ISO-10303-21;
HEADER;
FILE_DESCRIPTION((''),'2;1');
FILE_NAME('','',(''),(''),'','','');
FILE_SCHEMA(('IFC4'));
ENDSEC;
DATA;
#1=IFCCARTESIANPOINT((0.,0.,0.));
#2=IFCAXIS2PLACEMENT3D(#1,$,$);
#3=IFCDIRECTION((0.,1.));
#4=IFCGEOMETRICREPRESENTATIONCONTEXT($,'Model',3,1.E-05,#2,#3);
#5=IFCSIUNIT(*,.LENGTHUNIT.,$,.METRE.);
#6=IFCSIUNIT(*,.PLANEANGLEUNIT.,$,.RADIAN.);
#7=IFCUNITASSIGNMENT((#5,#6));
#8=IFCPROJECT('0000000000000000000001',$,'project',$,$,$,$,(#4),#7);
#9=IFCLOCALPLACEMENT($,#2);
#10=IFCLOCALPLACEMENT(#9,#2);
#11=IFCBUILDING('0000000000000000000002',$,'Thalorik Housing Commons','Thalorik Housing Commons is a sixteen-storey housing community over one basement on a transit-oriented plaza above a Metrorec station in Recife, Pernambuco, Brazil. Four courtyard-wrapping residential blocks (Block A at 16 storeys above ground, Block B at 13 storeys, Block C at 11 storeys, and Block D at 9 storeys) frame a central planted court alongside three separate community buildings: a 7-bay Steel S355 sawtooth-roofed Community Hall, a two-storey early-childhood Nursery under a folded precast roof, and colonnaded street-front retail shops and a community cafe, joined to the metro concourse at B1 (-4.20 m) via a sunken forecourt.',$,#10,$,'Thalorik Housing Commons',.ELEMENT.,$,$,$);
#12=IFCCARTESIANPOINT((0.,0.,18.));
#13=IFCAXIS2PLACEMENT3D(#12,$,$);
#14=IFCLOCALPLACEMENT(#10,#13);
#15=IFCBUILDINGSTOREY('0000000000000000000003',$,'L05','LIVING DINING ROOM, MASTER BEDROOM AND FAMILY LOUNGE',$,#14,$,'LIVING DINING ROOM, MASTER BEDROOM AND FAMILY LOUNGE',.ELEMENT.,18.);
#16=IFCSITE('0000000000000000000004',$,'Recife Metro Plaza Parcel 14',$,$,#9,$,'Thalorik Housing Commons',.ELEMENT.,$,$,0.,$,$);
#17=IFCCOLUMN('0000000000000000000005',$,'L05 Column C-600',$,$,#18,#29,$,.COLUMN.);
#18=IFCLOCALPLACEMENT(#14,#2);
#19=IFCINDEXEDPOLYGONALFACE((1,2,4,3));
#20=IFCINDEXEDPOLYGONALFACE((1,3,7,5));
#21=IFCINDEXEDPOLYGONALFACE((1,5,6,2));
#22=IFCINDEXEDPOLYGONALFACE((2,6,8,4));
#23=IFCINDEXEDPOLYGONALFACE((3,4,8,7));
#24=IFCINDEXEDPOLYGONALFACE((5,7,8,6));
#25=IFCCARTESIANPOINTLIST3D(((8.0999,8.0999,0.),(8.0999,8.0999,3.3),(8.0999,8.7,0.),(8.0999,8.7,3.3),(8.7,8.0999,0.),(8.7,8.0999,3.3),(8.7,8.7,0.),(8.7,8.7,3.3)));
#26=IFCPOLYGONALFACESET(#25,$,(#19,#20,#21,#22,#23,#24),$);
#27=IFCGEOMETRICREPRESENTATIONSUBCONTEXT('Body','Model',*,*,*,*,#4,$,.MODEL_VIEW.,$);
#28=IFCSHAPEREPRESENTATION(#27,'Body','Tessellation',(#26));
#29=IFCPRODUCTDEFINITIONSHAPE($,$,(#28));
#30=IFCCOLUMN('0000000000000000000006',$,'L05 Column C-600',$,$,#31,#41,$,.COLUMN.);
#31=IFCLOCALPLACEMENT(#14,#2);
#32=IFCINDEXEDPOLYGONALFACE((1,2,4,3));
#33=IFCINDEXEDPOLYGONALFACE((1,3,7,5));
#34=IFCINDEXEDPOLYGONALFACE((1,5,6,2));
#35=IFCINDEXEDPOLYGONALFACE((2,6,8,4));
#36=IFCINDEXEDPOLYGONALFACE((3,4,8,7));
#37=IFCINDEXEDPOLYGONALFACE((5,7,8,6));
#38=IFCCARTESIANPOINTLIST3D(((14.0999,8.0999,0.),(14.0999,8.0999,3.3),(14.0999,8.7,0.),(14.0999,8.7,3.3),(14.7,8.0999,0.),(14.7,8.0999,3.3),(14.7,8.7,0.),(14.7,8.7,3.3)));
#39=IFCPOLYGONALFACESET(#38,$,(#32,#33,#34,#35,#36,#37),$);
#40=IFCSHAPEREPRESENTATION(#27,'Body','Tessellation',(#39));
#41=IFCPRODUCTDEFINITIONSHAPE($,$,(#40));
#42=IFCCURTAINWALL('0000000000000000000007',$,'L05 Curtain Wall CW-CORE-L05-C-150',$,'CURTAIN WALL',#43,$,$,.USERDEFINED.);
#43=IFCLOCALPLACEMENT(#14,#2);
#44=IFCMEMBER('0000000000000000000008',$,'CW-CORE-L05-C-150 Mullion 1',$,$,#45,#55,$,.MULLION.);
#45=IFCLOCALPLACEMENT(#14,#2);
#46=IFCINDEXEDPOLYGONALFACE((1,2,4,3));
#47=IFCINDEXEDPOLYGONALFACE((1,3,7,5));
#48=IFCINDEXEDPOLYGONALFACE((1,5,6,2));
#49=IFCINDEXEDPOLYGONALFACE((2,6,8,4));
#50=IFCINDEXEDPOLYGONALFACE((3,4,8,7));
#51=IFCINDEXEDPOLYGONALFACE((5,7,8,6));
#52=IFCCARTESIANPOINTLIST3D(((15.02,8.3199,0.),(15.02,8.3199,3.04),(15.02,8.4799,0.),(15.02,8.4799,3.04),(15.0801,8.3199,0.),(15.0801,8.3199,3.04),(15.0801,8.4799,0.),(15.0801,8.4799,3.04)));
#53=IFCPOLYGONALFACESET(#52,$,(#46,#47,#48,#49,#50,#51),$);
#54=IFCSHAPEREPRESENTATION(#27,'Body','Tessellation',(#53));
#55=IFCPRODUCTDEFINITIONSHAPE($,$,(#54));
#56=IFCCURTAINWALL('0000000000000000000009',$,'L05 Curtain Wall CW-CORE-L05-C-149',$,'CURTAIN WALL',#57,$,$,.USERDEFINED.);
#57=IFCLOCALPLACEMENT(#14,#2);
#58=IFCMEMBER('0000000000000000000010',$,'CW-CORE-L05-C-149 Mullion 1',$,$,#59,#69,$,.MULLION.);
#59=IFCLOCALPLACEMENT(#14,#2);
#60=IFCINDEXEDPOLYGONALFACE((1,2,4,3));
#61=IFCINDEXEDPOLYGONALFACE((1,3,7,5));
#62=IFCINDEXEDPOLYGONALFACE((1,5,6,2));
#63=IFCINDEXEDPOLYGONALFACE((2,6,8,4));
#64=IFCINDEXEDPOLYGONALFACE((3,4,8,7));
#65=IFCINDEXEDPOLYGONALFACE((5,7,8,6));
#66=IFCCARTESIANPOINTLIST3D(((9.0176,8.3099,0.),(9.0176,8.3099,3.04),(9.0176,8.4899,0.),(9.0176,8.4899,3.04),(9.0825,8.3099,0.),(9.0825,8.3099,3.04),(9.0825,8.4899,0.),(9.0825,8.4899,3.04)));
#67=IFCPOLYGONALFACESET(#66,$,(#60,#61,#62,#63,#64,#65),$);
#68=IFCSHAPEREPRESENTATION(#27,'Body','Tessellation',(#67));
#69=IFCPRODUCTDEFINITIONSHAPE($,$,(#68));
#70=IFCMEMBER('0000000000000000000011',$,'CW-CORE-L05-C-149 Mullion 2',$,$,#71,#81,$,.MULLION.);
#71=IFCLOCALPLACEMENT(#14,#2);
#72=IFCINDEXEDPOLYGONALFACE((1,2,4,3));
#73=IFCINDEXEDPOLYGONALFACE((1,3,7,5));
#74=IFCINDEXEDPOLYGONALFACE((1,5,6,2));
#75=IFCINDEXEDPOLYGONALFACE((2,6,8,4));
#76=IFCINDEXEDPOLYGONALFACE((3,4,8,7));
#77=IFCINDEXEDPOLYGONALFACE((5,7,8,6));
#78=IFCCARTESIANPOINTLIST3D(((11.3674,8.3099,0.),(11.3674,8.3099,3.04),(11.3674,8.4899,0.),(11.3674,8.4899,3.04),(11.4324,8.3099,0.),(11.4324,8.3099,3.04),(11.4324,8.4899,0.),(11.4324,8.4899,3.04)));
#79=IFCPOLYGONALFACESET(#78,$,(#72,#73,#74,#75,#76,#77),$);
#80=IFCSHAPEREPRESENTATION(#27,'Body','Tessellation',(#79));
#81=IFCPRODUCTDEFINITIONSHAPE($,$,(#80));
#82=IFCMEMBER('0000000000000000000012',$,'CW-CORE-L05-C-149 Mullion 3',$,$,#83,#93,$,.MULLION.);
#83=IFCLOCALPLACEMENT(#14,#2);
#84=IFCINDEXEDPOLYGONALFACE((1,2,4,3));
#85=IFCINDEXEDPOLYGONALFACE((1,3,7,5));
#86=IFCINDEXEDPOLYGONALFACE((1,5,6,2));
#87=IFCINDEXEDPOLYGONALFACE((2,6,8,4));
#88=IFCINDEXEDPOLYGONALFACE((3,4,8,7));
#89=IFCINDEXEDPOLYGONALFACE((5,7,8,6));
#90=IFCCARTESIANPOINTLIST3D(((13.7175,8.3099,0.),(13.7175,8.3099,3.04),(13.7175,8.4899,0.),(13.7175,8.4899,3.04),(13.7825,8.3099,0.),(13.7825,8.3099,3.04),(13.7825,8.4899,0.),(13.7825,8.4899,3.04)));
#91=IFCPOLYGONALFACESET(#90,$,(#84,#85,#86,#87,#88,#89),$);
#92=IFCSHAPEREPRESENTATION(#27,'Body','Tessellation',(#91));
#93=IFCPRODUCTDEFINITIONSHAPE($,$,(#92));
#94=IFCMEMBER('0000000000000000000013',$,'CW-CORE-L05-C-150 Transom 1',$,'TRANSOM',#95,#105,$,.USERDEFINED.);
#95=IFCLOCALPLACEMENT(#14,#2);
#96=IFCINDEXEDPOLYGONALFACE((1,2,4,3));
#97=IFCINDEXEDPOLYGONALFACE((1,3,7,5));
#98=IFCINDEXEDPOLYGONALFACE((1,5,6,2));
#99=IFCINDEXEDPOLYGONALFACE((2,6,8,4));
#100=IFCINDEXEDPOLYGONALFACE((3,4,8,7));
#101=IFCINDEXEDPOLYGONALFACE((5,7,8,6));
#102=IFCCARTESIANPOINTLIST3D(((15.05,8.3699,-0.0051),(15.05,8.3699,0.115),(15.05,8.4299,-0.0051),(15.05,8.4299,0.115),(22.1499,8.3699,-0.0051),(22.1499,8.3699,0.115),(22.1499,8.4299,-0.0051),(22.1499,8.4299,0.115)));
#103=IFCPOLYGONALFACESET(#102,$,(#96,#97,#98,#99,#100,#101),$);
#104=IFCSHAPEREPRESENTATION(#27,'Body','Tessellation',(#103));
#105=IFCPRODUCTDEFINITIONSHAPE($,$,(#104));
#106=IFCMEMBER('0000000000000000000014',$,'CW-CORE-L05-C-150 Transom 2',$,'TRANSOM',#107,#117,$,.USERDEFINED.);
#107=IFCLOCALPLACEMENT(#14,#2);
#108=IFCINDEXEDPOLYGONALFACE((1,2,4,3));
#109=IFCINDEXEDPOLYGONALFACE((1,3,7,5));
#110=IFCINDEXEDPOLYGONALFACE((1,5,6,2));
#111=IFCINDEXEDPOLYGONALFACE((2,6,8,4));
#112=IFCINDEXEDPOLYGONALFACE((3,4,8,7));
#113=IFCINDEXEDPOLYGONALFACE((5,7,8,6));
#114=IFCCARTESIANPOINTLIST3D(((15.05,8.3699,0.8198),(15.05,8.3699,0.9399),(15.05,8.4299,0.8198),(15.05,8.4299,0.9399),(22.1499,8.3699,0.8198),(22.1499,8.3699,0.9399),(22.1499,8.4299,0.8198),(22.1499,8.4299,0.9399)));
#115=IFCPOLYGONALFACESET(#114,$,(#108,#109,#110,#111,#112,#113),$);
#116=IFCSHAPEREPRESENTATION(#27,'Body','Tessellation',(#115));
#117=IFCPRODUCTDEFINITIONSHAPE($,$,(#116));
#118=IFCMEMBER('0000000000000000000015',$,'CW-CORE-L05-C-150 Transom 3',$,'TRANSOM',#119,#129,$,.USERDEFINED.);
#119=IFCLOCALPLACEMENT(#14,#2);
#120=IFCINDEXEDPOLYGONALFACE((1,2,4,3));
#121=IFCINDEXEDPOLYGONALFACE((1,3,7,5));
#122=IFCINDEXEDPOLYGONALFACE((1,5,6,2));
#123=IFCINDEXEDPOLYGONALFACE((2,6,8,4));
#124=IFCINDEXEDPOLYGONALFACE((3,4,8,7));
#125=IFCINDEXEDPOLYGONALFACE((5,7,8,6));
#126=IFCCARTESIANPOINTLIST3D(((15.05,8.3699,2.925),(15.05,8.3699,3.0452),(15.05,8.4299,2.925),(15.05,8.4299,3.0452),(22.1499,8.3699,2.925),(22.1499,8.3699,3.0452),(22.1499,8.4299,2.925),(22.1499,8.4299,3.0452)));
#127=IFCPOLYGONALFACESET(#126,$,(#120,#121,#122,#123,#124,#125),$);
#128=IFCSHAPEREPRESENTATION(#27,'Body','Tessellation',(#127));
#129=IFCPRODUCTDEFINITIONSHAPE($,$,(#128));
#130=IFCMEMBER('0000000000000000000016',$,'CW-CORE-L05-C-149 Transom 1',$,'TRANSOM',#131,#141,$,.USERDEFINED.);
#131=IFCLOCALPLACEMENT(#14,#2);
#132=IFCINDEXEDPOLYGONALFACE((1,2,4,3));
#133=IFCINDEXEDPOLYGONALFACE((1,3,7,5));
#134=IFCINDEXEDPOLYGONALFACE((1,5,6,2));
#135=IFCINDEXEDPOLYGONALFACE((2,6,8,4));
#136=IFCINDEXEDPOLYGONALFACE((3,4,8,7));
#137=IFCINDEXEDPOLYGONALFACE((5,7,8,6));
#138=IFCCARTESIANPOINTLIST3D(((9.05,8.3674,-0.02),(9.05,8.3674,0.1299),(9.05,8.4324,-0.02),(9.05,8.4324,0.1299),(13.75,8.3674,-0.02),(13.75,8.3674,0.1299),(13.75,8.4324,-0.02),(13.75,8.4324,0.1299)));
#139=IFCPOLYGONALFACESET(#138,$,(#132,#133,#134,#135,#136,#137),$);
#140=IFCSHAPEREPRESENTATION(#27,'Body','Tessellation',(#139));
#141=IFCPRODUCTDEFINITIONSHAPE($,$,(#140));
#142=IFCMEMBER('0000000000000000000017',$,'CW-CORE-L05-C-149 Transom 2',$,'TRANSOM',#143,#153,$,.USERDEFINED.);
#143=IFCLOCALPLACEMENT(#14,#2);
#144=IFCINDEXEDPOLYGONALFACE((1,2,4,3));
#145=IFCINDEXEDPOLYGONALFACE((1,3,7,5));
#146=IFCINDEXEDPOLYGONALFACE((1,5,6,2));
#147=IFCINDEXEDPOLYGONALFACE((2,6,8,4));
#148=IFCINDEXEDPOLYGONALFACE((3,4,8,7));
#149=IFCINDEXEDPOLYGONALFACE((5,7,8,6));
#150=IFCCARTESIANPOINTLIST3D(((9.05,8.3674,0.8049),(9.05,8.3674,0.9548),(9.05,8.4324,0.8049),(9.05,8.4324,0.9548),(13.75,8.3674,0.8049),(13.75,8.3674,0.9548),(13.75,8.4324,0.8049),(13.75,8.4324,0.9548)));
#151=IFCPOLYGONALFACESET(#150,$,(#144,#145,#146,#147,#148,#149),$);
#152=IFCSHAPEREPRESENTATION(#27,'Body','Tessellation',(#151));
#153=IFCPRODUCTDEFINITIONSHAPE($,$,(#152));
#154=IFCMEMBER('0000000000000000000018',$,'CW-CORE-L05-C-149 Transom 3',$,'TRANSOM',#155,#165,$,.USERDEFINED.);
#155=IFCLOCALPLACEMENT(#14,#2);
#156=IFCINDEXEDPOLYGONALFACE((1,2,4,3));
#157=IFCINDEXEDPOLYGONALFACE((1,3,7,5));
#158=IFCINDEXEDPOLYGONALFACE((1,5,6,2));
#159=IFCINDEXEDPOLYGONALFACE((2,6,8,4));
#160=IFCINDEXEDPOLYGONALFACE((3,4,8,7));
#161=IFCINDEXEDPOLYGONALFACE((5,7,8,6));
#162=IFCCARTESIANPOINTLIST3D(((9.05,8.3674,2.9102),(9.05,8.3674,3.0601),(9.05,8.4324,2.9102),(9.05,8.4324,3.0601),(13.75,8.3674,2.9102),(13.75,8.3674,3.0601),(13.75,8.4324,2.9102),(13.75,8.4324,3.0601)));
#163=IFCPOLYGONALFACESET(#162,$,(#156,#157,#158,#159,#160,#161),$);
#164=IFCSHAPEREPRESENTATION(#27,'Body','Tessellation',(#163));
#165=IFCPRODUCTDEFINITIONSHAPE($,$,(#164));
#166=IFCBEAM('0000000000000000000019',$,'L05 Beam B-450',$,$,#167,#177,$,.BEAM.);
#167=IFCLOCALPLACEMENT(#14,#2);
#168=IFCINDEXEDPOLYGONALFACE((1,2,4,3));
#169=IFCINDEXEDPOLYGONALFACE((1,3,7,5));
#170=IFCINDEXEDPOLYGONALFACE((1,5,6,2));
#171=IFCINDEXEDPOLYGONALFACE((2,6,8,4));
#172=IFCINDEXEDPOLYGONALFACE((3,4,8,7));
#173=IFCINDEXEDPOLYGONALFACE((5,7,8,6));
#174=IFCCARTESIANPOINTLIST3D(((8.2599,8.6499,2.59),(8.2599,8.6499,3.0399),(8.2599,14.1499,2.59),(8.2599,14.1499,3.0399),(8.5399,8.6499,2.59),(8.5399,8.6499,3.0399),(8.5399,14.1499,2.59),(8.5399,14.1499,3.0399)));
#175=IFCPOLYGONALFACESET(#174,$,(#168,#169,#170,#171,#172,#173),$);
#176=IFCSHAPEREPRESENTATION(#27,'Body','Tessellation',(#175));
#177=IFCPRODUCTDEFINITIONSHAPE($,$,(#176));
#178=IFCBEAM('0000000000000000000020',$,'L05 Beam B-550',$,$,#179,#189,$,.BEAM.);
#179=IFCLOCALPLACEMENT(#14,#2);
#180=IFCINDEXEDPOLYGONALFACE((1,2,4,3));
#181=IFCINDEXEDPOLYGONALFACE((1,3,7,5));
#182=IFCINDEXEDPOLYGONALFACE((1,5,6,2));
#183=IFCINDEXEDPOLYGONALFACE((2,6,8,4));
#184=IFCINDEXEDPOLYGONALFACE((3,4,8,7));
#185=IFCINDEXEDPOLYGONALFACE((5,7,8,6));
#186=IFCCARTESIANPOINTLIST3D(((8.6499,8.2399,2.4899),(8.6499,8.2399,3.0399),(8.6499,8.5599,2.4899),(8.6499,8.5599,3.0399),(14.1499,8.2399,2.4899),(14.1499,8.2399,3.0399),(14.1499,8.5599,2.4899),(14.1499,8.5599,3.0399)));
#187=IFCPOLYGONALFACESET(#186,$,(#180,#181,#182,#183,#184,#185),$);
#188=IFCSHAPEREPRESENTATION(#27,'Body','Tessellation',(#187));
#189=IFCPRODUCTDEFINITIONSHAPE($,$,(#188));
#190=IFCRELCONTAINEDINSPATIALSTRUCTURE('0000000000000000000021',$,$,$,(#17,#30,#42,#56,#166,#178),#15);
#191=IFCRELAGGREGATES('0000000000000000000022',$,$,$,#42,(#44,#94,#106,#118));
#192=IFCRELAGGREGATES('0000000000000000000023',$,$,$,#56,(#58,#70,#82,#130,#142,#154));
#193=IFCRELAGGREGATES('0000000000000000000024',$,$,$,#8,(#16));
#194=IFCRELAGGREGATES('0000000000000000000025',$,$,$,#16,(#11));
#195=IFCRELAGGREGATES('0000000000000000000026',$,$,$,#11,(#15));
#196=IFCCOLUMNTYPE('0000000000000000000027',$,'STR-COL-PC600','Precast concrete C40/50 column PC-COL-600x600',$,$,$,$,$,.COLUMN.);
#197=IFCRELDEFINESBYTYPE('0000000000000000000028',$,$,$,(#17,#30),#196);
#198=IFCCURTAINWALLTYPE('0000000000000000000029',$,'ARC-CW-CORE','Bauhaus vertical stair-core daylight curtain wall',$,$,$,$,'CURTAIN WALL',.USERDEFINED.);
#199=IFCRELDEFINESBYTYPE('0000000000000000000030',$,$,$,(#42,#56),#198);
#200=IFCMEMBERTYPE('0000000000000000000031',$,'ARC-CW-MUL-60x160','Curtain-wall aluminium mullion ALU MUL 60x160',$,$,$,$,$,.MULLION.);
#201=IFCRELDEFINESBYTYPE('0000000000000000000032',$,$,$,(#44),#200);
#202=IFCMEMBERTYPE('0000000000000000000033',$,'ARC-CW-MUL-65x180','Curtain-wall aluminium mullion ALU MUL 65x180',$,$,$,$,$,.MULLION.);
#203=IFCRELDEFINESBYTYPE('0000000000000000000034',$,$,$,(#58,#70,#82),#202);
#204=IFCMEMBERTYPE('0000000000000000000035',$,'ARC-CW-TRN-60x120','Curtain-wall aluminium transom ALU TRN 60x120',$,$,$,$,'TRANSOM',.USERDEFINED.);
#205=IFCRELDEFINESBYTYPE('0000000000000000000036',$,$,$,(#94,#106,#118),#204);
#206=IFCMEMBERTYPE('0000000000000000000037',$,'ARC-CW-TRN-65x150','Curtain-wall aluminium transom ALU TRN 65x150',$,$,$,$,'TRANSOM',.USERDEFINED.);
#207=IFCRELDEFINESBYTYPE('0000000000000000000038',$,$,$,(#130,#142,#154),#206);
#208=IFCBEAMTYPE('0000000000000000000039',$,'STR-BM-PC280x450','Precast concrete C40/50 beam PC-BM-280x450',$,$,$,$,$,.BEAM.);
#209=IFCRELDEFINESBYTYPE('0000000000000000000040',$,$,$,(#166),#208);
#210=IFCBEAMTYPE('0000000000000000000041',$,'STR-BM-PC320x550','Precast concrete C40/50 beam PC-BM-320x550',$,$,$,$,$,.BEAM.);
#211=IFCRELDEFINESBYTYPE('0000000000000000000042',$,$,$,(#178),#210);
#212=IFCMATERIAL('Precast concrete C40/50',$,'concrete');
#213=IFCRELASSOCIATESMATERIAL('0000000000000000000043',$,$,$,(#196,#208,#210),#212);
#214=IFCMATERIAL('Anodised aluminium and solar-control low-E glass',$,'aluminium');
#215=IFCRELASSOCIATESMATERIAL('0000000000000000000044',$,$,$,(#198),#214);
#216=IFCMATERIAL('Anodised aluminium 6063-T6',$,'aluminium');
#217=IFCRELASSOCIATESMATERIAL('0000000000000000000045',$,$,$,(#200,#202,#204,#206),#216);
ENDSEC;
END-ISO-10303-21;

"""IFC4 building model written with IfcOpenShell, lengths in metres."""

from ifc_helpers import new_model, si_unit, direction, frame, origin, origin_2d, place, context, subcontext, project, spatial, rectangle, extrude, material, material_profile, profile_set, type_object, element, aggregate, save


model = new_model("IFC4")

# Units and contexts
model_context = context("Model", 3, precision=1e-05, world=origin(), true_north=direction((0.0, 1.0)))
body_context = subcontext(model_context, "Body", "Model", "MODEL_VIEW")
ifc_project = project(units=[si_unit("LENGTHUNIT", "METRE"), si_unit("PLANEANGLEUNIT", "RADIAN")], contexts=[model_context])

# Site, building, storey
site_placement = place(None, origin())
site = spatial("IfcSite", under=ifc_project, at=site_placement, Name="Recife Metro Plaza Parcel 14", LongName="Thalorik Housing Commons", CompositionType="ELEMENT", RefElevation=0.0)
building_placement = place(site_placement, origin())
building = spatial("IfcBuilding", under=site, at=building_placement, Name="Thalorik Housing Commons", Description="Thalorik Housing Commons is a sixteen-storey housing community over one basement on a transit-oriented plaza above a Metrorec station in Recife, Pernambuco, Brazil. Four courtyard-wrapping residential blocks (Block A at 16 storeys above ground, Block B at 13 storeys, Block C at 11 storeys, and Block D at 9 storeys) frame a central planted court alongside three separate community buildings: a 7-bay Steel S355 sawtooth-roofed Community Hall, a two-storey early-childhood Nursery under a folded precast roof, and colonnaded street-front retail shops and a community cafe, joined to the metro concourse at B1 (-4.20 m) via a sunken forecourt.", LongName="Thalorik Housing Commons", CompositionType="ELEMENT")
storey_placement = place(building_placement, frame((0.0, 0.0, 18.0)))
storey = spatial("IfcBuildingStorey", under=building, at=storey_placement, Name="L05", Description="LIVING DINING ROOM, MASTER BEDROOM AND FAMILY LOUNGE", LongName="LIVING DINING ROOM, MASTER BEDROOM AND FAMILY LOUNGE", CompositionType="ELEMENT", Elevation=18.0)

# Columns
ifc_material_1 = material(Name="Precast concrete C40/50", Category="concrete")
ifc_material_profile_1 = material_profile(ifc_material_1, rectangle(XDim=0.6001, YDim=0.6001, at=origin_2d()), Name="PC 600x600", Category="concrete")
ifc_profile_set_1 = profile_set([ifc_material_profile_1], Name="Precast concrete C40/50")
column_type = type_object("IfcColumnType", Name="STR-COL-PC600", Description="Precast concrete C40/50 column PC-COL-600x600", PredefinedType="COLUMN", material=ifc_profile_set_1)
for number, where, z_axis, x_axis, name in (
    (1, (8.3999, 8.3999, 0.0), (0.0, 0.0, 1.0), (1.0, 0.0, 0.0), "L05 Column C-600"),
    (2, (14.3999, 8.3999, 0.0), (0.0, 0.0, 1.0), (1.0, 0.0, 0.0), "L05 Column C-600"),
):
    element("IfcColumn", number, at=place(storey_placement, frame(where, z_axis=z_axis, x_axis=x_axis)), inside=storey, type_object=column_type, Name=name, PredefinedType="COLUMN", context=body_context, shape_type="SweptSolid", body=[
        extrude(rectangle(XDim=0.6001, YDim=0.6001, at=origin_2d()), origin(), (0.0, 0.0, 1.0), 3.3),
    ])

# Curtain wall, member
ifc_material_2 = material(Name="Anodised aluminium and solar-control low-E glass", Category="aluminium")
curtain_wall_type = type_object("IfcCurtainWallType", Name="ARC-CW-CORE", Description="Bauhaus vertical stair-core daylight curtain wall", ElementType="CURTAIN WALL", PredefinedType="USERDEFINED", material=ifc_material_2)
curtain_wall_1_placement = place(storey_placement, origin())
curtain_wall_1 = element("IfcCurtainWall", 3, at=curtain_wall_1_placement, inside=storey, type_object=curtain_wall_type, Name="L05 Curtain Wall CW-CORE-L05-C-150", ObjectType="CURTAIN WALL", PredefinedType="USERDEFINED")
ifc_material_3 = material(Name="Anodised aluminium 6063-T6", Category="aluminium")
ifc_material_profile_2 = material_profile(ifc_material_3, rectangle(XDim=0.0601, YDim=0.1599, at=origin_2d()), Name="ALU MUL 60x160", Category="aluminium")
ifc_profile_set_2 = profile_set([ifc_material_profile_2], Name="Anodised aluminium 6063-T6")
member_type_1 = type_object("IfcMemberType", Name="ARC-CW-MUL-60x160", Description="Curtain-wall aluminium mullion ALU MUL 60x160", PredefinedType="MULLION", material=ifc_profile_set_2)
member_1_placement = place(storey_placement, frame((15.05, 8.3999, 0.0), z_axis=(0.0, 0.0, 1.0), x_axis=(1.0, 0.0, 0.0)))
member_1 = element("IfcMember", 4, at=member_1_placement, type_object=member_type_1, Name="CW-CORE-L05-C-150 Mullion 1", PredefinedType="MULLION", context=body_context, shape_type="SweptSolid", body=[
    extrude(rectangle(XDim=0.0601, YDim=0.1599, at=origin_2d()), origin(), (0.0, 0.0, 1.0), 3.04),
])

# Curtain wall, members
curtain_wall_2_placement = place(storey_placement, origin())
curtain_wall_2 = element("IfcCurtainWall", 5, at=curtain_wall_2_placement, inside=storey, type_object=curtain_wall_type, Name="L05 Curtain Wall CW-CORE-L05-C-149", ObjectType="CURTAIN WALL", PredefinedType="USERDEFINED")
ifc_material_profile_3 = material_profile(ifc_material_3, rectangle(XDim=0.0649, YDim=0.1799, at=origin_2d()), Name="ALU MUL 65x180", Category="aluminium")
ifc_profile_set_3 = profile_set([ifc_material_profile_3], Name="Anodised aluminium 6063-T6")
member_type_2 = type_object("IfcMemberType", Name="ARC-CW-MUL-65x180", Description="Curtain-wall aluminium mullion ALU MUL 65x180", PredefinedType="MULLION", material=ifc_profile_set_3)
member_2_placement = place(storey_placement, frame((9.05, 8.3999, 0.0), z_axis=(0.0, 0.0, 1.0), x_axis=(1.0, 0.0, 0.0)))
member_2 = element("IfcMember", 6, at=member_2_placement, type_object=member_type_2, Name="CW-CORE-L05-C-149 Mullion 1", PredefinedType="MULLION", context=body_context, shape_type="SweptSolid", body=[
    extrude(rectangle(XDim=0.0649, YDim=0.1799, at=origin_2d()), origin(), (0.0, 0.0, 1.0), 3.04),
])
member_3_placement = place(storey_placement, frame((11.3999, 8.3999, 0.0), z_axis=(0.0, 0.0, 1.0), x_axis=(1.0, 0.0, 0.0)))
member_3 = element("IfcMember", 7, at=member_3_placement, type_object=member_type_2, Name="CW-CORE-L05-C-149 Mullion 2", PredefinedType="MULLION", context=body_context, shape_type="SweptSolid", body=[
    extrude(rectangle(XDim=0.0649, YDim=0.1799, at=origin_2d()), origin(), (0.0, 0.0, 1.0), 3.04),
])
member_4_placement = place(storey_placement, frame((13.75, 8.3999, 0.0), z_axis=(0.0, 0.0, 1.0), x_axis=(1.0, 0.0, 0.0)))
member_4 = element("IfcMember", 8, at=member_4_placement, type_object=member_type_2, Name="CW-CORE-L05-C-149 Mullion 3", PredefinedType="MULLION", context=body_context, shape_type="SweptSolid", body=[
    extrude(rectangle(XDim=0.0649, YDim=0.1799, at=origin_2d()), origin(), (0.0, 0.0, 1.0), 3.04),
])

# Members
ifc_material_profile_4 = material_profile(ifc_material_3, rectangle(XDim=0.0601, YDim=0.1201, at=origin_2d()), Name="ALU TRN 60x120", Category="aluminium")
ifc_profile_set_4 = profile_set([ifc_material_profile_4], Name="Anodised aluminium 6063-T6")
member_type_3 = type_object("IfcMemberType", Name="ARC-CW-TRN-60x120", Description="Curtain-wall aluminium transom ALU TRN 60x120", ElementType="TRANSOM", PredefinedType="USERDEFINED", material=ifc_profile_set_4)
member_5_placement = place(storey_placement, frame((15.05, 8.3999, 0.0549), z_axis=(1.0, 0.0, 0.0), x_axis=(0.0, 1.0, 0.0)))
member_5 = element("IfcMember", 9, at=member_5_placement, type_object=member_type_3, Name="CW-CORE-L05-C-150 Transom 1", ObjectType="TRANSOM", PredefinedType="USERDEFINED", context=body_context, shape_type="SweptSolid", body=[
    extrude(rectangle(XDim=0.0601, YDim=0.1201, at=origin_2d()), origin(), (0.0, 0.0, 1.0), 7.0999),
])
member_6_placement = place(storey_placement, frame((15.05, 8.3999, 0.8799), z_axis=(1.0, 0.0, 0.0), x_axis=(0.0, 1.0, 0.0)))
member_6 = element("IfcMember", 10, at=member_6_placement, type_object=member_type_3, Name="CW-CORE-L05-C-150 Transom 2", ObjectType="TRANSOM", PredefinedType="USERDEFINED", context=body_context, shape_type="SweptSolid", body=[
    extrude(rectangle(XDim=0.0601, YDim=0.1201, at=origin_2d()), origin(), (0.0, 0.0, 1.0), 7.0999),
])
member_7_placement = place(storey_placement, frame((15.05, 8.3999, 2.9851), z_axis=(1.0, 0.0, 0.0), x_axis=(0.0, 1.0, 0.0)))
member_7 = element("IfcMember", 11, at=member_7_placement, type_object=member_type_3, Name="CW-CORE-L05-C-150 Transom 3", ObjectType="TRANSOM", PredefinedType="USERDEFINED", context=body_context, shape_type="SweptSolid", body=[
    extrude(rectangle(XDim=0.0601, YDim=0.1201, at=origin_2d()), origin(), (0.0, 0.0, 1.0), 7.0999),
])
ifc_material_profile_5 = material_profile(ifc_material_3, rectangle(XDim=0.0649, YDim=0.1499, at=origin_2d()), Name="ALU TRN 65x150", Category="aluminium")
ifc_profile_set_5 = profile_set([ifc_material_profile_5], Name="Anodised aluminium 6063-T6")
member_type_4 = type_object("IfcMemberType", Name="ARC-CW-TRN-65x150", Description="Curtain-wall aluminium transom ALU TRN 65x150", ElementType="TRANSOM", PredefinedType="USERDEFINED", material=ifc_profile_set_5)
member_8_placement = place(storey_placement, frame((9.05, 8.3999, 0.0549), z_axis=(1.0, 0.0, 0.0), x_axis=(0.0, 1.0, 0.0)))
member_8 = element("IfcMember", 12, at=member_8_placement, type_object=member_type_4, Name="CW-CORE-L05-C-149 Transom 1", ObjectType="TRANSOM", PredefinedType="USERDEFINED", context=body_context, shape_type="SweptSolid", body=[
    extrude(rectangle(XDim=0.0649, YDim=0.1499, at=origin_2d()), origin(), (0.0, 0.0, 1.0), 4.7),
])
member_9_placement = place(storey_placement, frame((9.05, 8.3999, 0.8799), z_axis=(1.0, 0.0, 0.0), x_axis=(0.0, 1.0, 0.0)))
member_9 = element("IfcMember", 13, at=member_9_placement, type_object=member_type_4, Name="CW-CORE-L05-C-149 Transom 2", ObjectType="TRANSOM", PredefinedType="USERDEFINED", context=body_context, shape_type="SweptSolid", body=[
    extrude(rectangle(XDim=0.0649, YDim=0.1499, at=origin_2d()), origin(), (0.0, 0.0, 1.0), 4.7),
])
member_10_placement = place(storey_placement, frame((9.05, 8.3999, 2.9851), z_axis=(1.0, 0.0, 0.0), x_axis=(0.0, 1.0, 0.0)))
member_10 = element("IfcMember", 14, at=member_10_placement, type_object=member_type_4, Name="CW-CORE-L05-C-149 Transom 3", ObjectType="TRANSOM", PredefinedType="USERDEFINED", context=body_context, shape_type="SweptSolid", body=[
    extrude(rectangle(XDim=0.0649, YDim=0.1499, at=origin_2d()), origin(), (0.0, 0.0, 1.0), 4.7),
])

# Beams
ifc_material_profile_6 = material_profile(ifc_material_1, rectangle(XDim=0.28, YDim=0.45, at=origin_2d()), Name="PC 280x450", Category="concrete")
ifc_profile_set_6 = profile_set([ifc_material_profile_6], Name="Precast concrete C40/50")
beam_type_1 = type_object("IfcBeamType", Name="STR-BM-PC280x450", Description="Precast concrete C40/50 beam PC-BM-280x450", PredefinedType="BEAM", material=ifc_profile_set_6)
beam_1_placement = place(storey_placement, frame((8.3999, 8.6499, 2.8149), z_axis=(0.0, 1.0, 0.0), x_axis=(-1.0, 0.0, 0.0)))
element("IfcBeam", 15, at=beam_1_placement, inside=storey, type_object=beam_type_1, Name="L05 Beam B-450", PredefinedType="BEAM", context=body_context, shape_type="SweptSolid", body=[
    extrude(rectangle(XDim=0.28, YDim=0.45, at=origin_2d()), origin(), (0.0, 0.0, 1.0), 5.5),
])
ifc_material_profile_7 = material_profile(ifc_material_1, rectangle(XDim=0.3201, YDim=0.55, at=origin_2d()), Name="PC 320x550", Category="concrete")
ifc_profile_set_7 = profile_set([ifc_material_profile_7], Name="Precast concrete C40/50")
beam_type_2 = type_object("IfcBeamType", Name="STR-BM-PC320x550", Description="Precast concrete C40/50 beam PC-BM-320x550", PredefinedType="BEAM", material=ifc_profile_set_7)
beam_2_placement = place(storey_placement, frame((8.6499, 8.3999, 2.7649), z_axis=(1.0, 0.0, 0.0), x_axis=(0.0, 1.0, 0.0)))
element("IfcBeam", 16, at=beam_2_placement, inside=storey, type_object=beam_type_2, Name="L05 Beam B-550", PredefinedType="BEAM", context=body_context, shape_type="SweptSolid", body=[
    extrude(rectangle(XDim=0.3201, YDim=0.55, at=origin_2d()), origin(), (0.0, 0.0, 1.0), 5.5),
])

aggregate(curtain_wall_1, [member_1, member_5, member_6, member_7])
aggregate(curtain_wall_2, [member_2, member_3, member_4, member_8, member_9, member_10])

save(model, "model.ifc")
